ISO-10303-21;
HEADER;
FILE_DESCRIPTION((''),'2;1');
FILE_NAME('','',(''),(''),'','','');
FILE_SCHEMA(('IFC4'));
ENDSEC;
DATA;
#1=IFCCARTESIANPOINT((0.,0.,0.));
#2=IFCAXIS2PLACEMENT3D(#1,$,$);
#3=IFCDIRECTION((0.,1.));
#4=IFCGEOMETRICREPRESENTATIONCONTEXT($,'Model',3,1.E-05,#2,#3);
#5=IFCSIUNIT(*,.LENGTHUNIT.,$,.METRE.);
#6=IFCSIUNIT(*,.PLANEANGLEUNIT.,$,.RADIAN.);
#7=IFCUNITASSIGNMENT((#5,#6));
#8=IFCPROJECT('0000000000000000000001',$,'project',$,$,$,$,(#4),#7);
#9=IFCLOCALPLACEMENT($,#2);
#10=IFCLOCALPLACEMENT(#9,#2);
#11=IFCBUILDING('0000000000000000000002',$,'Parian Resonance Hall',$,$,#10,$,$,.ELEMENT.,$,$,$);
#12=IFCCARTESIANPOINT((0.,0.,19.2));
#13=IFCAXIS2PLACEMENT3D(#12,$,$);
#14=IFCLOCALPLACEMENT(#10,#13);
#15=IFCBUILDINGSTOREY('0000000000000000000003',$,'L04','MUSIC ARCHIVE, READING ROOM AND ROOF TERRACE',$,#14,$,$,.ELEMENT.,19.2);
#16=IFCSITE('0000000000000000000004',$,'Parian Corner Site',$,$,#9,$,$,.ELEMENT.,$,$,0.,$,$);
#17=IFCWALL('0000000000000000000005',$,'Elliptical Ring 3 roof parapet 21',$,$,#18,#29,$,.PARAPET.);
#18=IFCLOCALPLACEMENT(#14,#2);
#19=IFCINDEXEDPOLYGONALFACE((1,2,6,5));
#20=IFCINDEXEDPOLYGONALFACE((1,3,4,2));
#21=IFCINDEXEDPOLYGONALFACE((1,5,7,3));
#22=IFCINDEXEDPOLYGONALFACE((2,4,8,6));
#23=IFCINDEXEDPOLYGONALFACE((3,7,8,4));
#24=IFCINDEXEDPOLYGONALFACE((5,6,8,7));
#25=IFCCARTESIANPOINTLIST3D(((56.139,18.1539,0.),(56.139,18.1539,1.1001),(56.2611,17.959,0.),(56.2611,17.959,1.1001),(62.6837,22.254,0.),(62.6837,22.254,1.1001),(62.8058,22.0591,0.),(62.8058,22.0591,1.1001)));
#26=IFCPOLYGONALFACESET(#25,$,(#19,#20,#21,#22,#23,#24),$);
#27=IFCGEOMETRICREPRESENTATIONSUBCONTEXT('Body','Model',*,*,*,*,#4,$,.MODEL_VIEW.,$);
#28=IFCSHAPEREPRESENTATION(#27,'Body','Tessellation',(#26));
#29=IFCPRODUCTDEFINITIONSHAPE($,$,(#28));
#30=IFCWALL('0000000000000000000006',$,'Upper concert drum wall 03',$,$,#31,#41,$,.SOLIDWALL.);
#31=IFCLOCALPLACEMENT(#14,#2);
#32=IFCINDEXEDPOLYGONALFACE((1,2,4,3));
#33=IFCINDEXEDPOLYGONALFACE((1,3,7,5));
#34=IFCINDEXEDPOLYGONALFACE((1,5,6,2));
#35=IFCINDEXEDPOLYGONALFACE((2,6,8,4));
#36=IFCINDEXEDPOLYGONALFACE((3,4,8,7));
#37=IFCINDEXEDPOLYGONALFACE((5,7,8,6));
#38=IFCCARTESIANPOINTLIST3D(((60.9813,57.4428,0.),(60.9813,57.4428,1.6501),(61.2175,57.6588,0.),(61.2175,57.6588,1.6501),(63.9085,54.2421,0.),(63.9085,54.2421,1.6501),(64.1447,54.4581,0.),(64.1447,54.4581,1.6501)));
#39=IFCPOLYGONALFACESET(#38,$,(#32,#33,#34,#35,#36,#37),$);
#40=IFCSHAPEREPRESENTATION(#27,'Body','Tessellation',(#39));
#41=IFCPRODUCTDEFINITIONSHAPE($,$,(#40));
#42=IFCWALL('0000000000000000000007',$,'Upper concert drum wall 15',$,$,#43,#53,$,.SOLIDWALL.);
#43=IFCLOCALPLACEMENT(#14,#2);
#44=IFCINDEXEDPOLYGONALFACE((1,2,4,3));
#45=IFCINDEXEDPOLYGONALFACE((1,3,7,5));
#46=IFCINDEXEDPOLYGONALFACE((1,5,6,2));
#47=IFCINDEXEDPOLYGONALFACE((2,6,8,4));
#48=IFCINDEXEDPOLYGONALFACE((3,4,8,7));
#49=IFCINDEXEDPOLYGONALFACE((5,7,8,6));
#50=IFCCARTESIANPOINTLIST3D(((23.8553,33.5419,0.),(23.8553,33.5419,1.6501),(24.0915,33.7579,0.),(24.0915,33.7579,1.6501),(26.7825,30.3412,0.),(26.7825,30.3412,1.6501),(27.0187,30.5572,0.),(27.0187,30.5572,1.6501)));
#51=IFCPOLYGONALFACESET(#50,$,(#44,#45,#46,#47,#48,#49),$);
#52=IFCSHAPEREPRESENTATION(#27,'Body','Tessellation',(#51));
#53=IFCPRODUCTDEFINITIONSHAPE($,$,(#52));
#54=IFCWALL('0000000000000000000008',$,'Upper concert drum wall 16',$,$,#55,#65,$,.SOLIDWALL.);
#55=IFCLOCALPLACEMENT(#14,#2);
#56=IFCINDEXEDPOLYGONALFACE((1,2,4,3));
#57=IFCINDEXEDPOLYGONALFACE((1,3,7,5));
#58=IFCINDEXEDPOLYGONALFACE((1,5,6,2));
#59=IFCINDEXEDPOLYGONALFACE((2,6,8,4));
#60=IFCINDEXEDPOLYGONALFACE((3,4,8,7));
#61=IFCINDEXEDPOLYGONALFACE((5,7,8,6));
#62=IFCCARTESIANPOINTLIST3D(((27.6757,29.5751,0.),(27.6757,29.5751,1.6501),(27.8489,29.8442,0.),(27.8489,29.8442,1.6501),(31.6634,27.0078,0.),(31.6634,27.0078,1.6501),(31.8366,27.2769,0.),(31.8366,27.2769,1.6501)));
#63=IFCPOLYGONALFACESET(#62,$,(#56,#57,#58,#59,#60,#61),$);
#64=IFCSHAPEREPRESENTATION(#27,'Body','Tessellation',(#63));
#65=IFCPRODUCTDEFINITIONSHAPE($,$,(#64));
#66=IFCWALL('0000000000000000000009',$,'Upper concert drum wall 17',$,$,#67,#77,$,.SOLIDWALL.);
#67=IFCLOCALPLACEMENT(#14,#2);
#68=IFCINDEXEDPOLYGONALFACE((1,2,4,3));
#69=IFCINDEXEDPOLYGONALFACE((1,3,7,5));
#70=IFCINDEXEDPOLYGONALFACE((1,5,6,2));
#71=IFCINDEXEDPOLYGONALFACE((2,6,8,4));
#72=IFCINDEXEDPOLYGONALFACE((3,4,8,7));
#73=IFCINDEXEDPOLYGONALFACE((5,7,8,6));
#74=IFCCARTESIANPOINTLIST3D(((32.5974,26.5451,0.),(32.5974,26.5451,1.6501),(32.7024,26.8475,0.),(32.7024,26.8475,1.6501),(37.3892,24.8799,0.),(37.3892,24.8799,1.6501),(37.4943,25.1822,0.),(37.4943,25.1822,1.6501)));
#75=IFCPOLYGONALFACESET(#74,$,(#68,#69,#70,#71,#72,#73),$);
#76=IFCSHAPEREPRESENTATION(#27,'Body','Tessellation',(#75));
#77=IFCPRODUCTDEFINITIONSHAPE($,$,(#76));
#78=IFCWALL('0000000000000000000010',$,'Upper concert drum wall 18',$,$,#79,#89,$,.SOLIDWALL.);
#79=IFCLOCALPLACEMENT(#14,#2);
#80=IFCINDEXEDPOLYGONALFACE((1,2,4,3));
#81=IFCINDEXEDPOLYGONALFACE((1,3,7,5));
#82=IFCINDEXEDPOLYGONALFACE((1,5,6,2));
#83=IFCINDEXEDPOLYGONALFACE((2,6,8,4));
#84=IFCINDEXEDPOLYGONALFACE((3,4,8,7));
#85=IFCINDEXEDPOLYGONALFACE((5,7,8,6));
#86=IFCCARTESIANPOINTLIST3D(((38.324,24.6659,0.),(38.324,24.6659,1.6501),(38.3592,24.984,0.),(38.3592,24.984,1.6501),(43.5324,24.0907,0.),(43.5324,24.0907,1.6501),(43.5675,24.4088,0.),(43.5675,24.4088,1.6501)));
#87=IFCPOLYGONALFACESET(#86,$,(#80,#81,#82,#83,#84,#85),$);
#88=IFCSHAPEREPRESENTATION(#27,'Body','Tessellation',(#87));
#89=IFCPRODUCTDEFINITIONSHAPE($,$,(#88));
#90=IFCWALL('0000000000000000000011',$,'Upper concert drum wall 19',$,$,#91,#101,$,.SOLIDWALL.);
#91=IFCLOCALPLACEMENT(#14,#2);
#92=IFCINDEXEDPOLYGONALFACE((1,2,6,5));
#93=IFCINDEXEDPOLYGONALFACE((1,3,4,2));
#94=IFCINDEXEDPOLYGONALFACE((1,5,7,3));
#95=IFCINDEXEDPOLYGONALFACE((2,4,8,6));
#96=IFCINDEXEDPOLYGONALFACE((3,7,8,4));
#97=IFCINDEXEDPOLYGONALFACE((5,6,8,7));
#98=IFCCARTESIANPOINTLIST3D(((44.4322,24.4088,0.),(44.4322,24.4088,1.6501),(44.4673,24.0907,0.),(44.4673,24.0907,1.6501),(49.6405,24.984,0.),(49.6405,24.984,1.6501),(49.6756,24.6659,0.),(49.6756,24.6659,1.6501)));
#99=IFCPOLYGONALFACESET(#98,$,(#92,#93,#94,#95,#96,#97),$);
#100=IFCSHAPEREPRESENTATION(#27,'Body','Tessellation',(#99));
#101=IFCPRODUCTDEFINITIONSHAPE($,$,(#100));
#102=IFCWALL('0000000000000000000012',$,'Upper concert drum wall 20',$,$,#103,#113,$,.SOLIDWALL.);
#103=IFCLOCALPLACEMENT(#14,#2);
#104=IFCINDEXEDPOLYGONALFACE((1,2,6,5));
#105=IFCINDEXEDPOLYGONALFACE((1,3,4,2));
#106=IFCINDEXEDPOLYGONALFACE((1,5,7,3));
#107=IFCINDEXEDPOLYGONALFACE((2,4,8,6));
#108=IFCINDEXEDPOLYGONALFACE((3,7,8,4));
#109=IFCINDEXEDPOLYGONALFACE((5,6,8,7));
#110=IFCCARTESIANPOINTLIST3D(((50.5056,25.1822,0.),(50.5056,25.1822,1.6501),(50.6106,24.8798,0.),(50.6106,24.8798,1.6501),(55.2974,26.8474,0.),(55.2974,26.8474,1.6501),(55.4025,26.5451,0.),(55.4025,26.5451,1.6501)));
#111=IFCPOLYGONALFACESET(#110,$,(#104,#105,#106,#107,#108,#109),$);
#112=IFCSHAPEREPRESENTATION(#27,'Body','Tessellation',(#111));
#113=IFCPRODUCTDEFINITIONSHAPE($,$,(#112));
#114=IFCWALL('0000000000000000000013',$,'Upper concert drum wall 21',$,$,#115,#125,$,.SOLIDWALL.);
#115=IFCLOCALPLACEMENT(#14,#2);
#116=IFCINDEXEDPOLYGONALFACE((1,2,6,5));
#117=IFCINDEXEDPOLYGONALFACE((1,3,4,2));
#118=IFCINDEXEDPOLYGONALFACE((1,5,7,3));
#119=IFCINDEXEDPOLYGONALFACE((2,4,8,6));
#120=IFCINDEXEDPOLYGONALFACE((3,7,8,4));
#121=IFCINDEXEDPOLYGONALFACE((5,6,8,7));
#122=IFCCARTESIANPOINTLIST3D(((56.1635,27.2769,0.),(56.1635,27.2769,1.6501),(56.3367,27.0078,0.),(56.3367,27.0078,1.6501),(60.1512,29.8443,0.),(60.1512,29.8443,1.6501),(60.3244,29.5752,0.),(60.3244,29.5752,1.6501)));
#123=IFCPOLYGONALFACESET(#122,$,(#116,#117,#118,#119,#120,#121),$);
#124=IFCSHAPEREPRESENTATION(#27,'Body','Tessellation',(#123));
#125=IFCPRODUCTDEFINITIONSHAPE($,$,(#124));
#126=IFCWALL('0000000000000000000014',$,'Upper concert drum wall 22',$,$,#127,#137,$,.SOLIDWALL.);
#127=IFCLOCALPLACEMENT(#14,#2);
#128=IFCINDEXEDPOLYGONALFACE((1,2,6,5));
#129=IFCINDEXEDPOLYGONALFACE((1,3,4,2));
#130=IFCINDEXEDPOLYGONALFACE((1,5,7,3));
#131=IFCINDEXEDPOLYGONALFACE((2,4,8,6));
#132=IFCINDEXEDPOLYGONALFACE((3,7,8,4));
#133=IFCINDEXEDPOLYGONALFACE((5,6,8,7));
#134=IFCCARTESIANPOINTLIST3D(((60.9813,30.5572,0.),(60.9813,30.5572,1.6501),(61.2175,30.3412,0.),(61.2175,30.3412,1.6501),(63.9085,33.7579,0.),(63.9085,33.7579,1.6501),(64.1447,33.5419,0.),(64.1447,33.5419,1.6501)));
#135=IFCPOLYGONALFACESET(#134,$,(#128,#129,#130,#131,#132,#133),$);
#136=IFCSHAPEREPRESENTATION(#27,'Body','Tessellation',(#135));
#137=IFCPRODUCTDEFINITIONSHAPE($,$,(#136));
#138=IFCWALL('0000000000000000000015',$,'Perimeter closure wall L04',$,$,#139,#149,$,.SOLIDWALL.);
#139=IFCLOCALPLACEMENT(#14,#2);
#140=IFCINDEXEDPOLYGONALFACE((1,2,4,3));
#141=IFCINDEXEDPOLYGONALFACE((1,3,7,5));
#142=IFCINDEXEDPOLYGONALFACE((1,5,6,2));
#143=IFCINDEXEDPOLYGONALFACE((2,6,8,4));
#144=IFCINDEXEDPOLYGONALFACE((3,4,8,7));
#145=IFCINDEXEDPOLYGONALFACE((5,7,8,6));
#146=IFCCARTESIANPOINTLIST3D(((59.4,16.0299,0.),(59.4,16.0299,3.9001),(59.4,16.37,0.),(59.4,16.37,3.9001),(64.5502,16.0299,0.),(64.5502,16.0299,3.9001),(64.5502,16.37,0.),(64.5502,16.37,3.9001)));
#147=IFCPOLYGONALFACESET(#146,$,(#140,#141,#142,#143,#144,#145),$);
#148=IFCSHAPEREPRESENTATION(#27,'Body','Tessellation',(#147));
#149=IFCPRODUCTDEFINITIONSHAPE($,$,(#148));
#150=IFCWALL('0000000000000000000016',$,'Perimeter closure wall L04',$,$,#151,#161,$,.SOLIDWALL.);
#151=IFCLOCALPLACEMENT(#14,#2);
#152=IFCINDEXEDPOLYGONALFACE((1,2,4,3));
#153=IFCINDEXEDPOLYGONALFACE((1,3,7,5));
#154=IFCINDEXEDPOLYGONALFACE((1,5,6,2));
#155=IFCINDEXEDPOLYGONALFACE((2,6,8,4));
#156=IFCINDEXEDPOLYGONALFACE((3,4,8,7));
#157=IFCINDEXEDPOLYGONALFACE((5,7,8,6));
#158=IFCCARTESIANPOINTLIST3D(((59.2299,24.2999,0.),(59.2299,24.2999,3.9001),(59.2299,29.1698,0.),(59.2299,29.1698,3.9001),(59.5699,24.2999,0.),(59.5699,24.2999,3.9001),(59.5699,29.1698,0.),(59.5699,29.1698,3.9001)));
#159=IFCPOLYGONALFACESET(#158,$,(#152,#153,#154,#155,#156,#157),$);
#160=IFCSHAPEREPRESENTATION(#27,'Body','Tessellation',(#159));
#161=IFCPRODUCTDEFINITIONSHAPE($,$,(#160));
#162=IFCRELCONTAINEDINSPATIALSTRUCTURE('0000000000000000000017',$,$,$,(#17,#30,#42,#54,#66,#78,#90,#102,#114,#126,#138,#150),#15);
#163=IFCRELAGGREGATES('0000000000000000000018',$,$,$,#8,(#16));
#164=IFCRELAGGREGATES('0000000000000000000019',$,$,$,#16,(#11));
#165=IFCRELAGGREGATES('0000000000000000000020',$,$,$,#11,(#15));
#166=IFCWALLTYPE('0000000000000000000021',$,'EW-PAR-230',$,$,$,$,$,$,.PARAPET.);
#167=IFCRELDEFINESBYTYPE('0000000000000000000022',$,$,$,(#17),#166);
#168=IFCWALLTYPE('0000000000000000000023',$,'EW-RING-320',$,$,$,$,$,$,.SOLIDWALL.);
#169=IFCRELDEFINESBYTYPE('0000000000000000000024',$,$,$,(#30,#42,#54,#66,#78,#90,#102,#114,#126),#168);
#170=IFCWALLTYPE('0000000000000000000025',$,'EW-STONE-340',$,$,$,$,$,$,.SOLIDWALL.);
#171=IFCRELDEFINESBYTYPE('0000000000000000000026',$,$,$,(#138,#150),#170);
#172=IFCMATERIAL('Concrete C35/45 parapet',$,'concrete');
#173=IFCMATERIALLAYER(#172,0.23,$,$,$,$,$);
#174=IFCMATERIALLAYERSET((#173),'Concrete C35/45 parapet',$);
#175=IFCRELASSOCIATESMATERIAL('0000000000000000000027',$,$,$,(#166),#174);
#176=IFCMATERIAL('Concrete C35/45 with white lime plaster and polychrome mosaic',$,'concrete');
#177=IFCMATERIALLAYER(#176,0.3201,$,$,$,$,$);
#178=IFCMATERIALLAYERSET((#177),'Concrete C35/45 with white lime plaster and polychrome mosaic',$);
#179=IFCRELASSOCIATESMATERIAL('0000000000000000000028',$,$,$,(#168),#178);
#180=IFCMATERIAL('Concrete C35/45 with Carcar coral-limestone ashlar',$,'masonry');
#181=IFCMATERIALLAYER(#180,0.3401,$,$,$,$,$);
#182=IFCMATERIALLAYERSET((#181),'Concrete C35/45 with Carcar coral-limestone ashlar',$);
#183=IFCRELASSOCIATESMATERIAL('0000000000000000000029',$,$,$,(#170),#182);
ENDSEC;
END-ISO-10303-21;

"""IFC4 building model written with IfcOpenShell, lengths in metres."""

from ifc_helpers import new_model, si_unit, direction, frame, frame_2d, origin, place, context, subcontext, project, spatial, rectangle, extrude, material, layer, layer_set, type_object, element, save


model = new_model("IFC4")

# Units and contexts
model_context = context("Model", 3, precision=1e-05, world=origin(), true_north=direction((0.0, 1.0)))
body_context = subcontext(model_context, "Body", "Model", "MODEL_VIEW")
ifc_project = project(units=[si_unit("LENGTHUNIT", "METRE"), si_unit("PLANEANGLEUNIT", "RADIAN")], contexts=[model_context])

# Site, building, storey
site_placement = place(None, origin())
site = spatial("IfcSite", under=ifc_project, at=site_placement, Name="Parian Corner Site", CompositionType="ELEMENT", RefElevation=0.0)
building_placement = place(site_placement, origin())
building = spatial("IfcBuilding", under=site, at=building_placement, Name="Parian Resonance Hall", CompositionType="ELEMENT")
storey_placement = place(building_placement, frame((0.0, 0.0, 19.2)))
storey = spatial("IfcBuildingStorey", under=building, at=storey_placement, Name="L04", Description="MUSIC ARCHIVE, READING ROOM AND ROOF TERRACE", CompositionType="ELEMENT", Elevation=19.2)

# Walls
ifc_material_1 = material(Name="Concrete C35/45 parapet", Category="concrete")
ifc_layer_1 = layer(ifc_material_1, 0.23)
ifc_layer_set_1 = layer_set([ifc_layer_1], Name="Concrete C35/45 parapet")
wall_type_1 = type_object("IfcWallType", Name="EW-PAR-230", PredefinedType="PARAPET", material=ifc_layer_set_1)
wall_1_placement = place(storey_placement, frame((62.7446, 22.1565, 0.0), z_axis=(0.0, 0.0, 1.0), x_axis=(-0.847435, -0.530899, 0.0)))
element("IfcWall", 1, at=wall_1_placement, inside=storey, type_object=wall_type_1, Name="Elliptical Ring 3 roof parapet 21", PredefinedType="PARAPET", context=body_context, shape_type="SweptSolid", body=[
    extrude(rectangle(XDim=7.7229, YDim=0.23, at=frame_2d((3.8613, 0.0))), origin(), (0.0, 0.0, 1.0), 1.1001),
])
ifc_material_2 = material(Name="Concrete C35/45 with white lime plaster and polychrome mosaic", Category="concrete")
ifc_layer_2 = layer(ifc_material_2, 0.3201)
ifc_layer_set_2 = layer_set([ifc_layer_2], Name="Concrete C35/45 with white lime plaster and polychrome mosaic")
wall_type_2 = type_object("IfcWallType", Name="EW-RING-320", PredefinedType="SOLIDWALL", material=ifc_layer_set_2)
for number, where, z_axis, x_axis, name in (
    (2, (61.0994, 57.5508, 0.0), (0.0, 0.0, 1.0), (0.674883, -0.737925, 0.0), "Upper concert drum wall 03"),
    (3, (26.9006, 30.4492, 0.0), (0.0, 0.0, 1.0), (-0.674883, 0.737925, 0.0), "Upper concert drum wall 15"),
):
    element("IfcWall", number, at=place(storey_placement, frame(where, z_axis=z_axis, x_axis=x_axis)), inside=storey, type_object=wall_type_2, Name=name, PredefinedType="SOLIDWALL", context=body_context, shape_type="SweptSolid", body=[
        extrude(rectangle(XDim=4.3374, YDim=0.3201, at=frame_2d((2.1687, 0.0))), origin(), (0.0, 0.0, 1.0), 1.6501),
    ])
wall_2_placement = place(storey_placement, frame((31.75, 27.1423, 0.0), z_axis=(0.0, 0.0, 1.0), x_axis=(-0.840814, 0.541325, 0.0)))
element("IfcWall", 4, at=wall_2_placement, inside=storey, type_object=wall_type_2, Name="Upper concert drum wall 16", PredefinedType="SOLIDWALL", context=body_context, shape_type="SweptSolid", body=[
    extrude(rectangle(XDim=4.7427, YDim=0.3201, at=frame_2d((2.3713, 0.0))), origin(), (0.0, 0.0, 1.0), 1.6501),
])
wall_3_placement = place(storey_placement, frame((37.4419, 25.031, 0.0), z_axis=(0.0, 0.0, 1.0), x_axis=(-0.944588, 0.328257, 0.0)))
element("IfcWall", 5, at=wall_3_placement, inside=storey, type_object=wall_type_2, Name="Upper concert drum wall 17", PredefinedType="SOLIDWALL", context=body_context, shape_type="SweptSolid", body=[
    extrude(rectangle(XDim=5.073, YDim=0.3201, at=frame_2d((2.5366, 0.0))), origin(), (0.0, 0.0, 1.0), 1.6501),
])
for number, where, z_axis, x_axis, name in (
    (6, (43.55, 24.2498, 0.0), (0.0, 0.0, 1.0), (-0.993957, 0.109772, 0.0), "Upper concert drum wall 18"),
    (7, (49.6582, 24.825, 0.0), (0.0, 0.0, 1.0), (-0.993957, -0.109772, 0.0), "Upper concert drum wall 19"),
):
    element("IfcWall", number, at=place(storey_placement, frame(where, z_axis=z_axis, x_axis=x_axis)), inside=storey, type_object=wall_type_2, Name=name, PredefinedType="SOLIDWALL", context=body_context, shape_type="SweptSolid", body=[
        extrude(rectangle(XDim=5.24, YDim=0.3201, at=frame_2d((2.6201, 0.0))), origin(), (0.0, 0.0, 1.0), 1.6501),
    ])
wall_4_placement = place(storey_placement, frame((55.3501, 26.6963, 0.0), z_axis=(0.0, 0.0, 1.0), x_axis=(-0.944588, -0.328257, 0.0)))
element("IfcWall", 8, at=wall_4_placement, inside=storey, type_object=wall_type_2, Name="Upper concert drum wall 20", PredefinedType="SOLIDWALL", context=body_context, shape_type="SweptSolid", body=[
    extrude(rectangle(XDim=5.073, YDim=0.3201, at=frame_2d((2.5366, 0.0))), origin(), (0.0, 0.0, 1.0), 1.6501),
])
wall_5_placement = place(storey_placement, frame((60.2378, 29.7097, 0.0), z_axis=(0.0, 0.0, 1.0), x_axis=(-0.840814, -0.541325, 0.0)))
element("IfcWall", 9, at=wall_5_placement, inside=storey, type_object=wall_type_2, Name="Upper concert drum wall 21", PredefinedType="SOLIDWALL", context=body_context, shape_type="SweptSolid", body=[
    extrude(rectangle(XDim=4.7427, YDim=0.3201, at=frame_2d((2.3713, 0.0))), origin(), (0.0, 0.0, 1.0), 1.6501),
])
wall_6_placement = place(storey_placement, frame((64.0266, 33.6499, 0.0), z_axis=(0.0, 0.0, 1.0), x_axis=(-0.674883, -0.737925, 0.0)))
element("IfcWall", 10, at=wall_6_placement, inside=storey, type_object=wall_type_2, Name="Upper concert drum wall 22", PredefinedType="SOLIDWALL", context=body_context, shape_type="SweptSolid", body=[
    extrude(rectangle(XDim=4.3374, YDim=0.3201, at=frame_2d((2.1687, 0.0))), origin(), (0.0, 0.0, 1.0), 1.6501),
])
ifc_material_3 = material(Name="Concrete C35/45 with Carcar coral-limestone ashlar", Category="masonry")
ifc_layer_3 = layer(ifc_material_3, 0.3401)
ifc_layer_set_3 = layer_set([ifc_layer_3], Name="Concrete C35/45 with Carcar coral-limestone ashlar")
wall_type_3 = type_object("IfcWallType", Name="EW-STONE-340", PredefinedType="SOLIDWALL", material=ifc_layer_set_3)
wall_7_placement = place(storey_placement, frame((59.3999, 16.2, 0.0), z_axis=(0.0, 0.0, 1.0), x_axis=(1.0, 0.0, 0.0)))
element("IfcWall", 11, at=wall_7_placement, inside=storey, type_object=wall_type_3, Name="Perimeter closure wall L04", PredefinedType="SOLIDWALL", context=body_context, shape_type="SweptSolid", body=[
    extrude(rectangle(XDim=5.1501, YDim=0.3401, at=frame_2d((2.5752, 0.0))), origin(), (0.0, 0.0, 1.0), 3.9001),
])
wall_8_placement = place(storey_placement, frame((59.3999, 29.1699, 0.0), z_axis=(0.0, 0.0, 1.0), x_axis=(0.0, -1.0, 0.0)))
element("IfcWall", 12, at=wall_8_placement, inside=storey, type_object=wall_type_3, Name="Perimeter closure wall L04", PredefinedType="SOLIDWALL", context=body_context, shape_type="SweptSolid", body=[
    extrude(rectangle(XDim=4.8699, YDim=0.3401, at=frame_2d((2.4351, 0.0))), origin(), (0.0, 0.0, 1.0), 3.9001),
])

save(model, "model.ifc")
